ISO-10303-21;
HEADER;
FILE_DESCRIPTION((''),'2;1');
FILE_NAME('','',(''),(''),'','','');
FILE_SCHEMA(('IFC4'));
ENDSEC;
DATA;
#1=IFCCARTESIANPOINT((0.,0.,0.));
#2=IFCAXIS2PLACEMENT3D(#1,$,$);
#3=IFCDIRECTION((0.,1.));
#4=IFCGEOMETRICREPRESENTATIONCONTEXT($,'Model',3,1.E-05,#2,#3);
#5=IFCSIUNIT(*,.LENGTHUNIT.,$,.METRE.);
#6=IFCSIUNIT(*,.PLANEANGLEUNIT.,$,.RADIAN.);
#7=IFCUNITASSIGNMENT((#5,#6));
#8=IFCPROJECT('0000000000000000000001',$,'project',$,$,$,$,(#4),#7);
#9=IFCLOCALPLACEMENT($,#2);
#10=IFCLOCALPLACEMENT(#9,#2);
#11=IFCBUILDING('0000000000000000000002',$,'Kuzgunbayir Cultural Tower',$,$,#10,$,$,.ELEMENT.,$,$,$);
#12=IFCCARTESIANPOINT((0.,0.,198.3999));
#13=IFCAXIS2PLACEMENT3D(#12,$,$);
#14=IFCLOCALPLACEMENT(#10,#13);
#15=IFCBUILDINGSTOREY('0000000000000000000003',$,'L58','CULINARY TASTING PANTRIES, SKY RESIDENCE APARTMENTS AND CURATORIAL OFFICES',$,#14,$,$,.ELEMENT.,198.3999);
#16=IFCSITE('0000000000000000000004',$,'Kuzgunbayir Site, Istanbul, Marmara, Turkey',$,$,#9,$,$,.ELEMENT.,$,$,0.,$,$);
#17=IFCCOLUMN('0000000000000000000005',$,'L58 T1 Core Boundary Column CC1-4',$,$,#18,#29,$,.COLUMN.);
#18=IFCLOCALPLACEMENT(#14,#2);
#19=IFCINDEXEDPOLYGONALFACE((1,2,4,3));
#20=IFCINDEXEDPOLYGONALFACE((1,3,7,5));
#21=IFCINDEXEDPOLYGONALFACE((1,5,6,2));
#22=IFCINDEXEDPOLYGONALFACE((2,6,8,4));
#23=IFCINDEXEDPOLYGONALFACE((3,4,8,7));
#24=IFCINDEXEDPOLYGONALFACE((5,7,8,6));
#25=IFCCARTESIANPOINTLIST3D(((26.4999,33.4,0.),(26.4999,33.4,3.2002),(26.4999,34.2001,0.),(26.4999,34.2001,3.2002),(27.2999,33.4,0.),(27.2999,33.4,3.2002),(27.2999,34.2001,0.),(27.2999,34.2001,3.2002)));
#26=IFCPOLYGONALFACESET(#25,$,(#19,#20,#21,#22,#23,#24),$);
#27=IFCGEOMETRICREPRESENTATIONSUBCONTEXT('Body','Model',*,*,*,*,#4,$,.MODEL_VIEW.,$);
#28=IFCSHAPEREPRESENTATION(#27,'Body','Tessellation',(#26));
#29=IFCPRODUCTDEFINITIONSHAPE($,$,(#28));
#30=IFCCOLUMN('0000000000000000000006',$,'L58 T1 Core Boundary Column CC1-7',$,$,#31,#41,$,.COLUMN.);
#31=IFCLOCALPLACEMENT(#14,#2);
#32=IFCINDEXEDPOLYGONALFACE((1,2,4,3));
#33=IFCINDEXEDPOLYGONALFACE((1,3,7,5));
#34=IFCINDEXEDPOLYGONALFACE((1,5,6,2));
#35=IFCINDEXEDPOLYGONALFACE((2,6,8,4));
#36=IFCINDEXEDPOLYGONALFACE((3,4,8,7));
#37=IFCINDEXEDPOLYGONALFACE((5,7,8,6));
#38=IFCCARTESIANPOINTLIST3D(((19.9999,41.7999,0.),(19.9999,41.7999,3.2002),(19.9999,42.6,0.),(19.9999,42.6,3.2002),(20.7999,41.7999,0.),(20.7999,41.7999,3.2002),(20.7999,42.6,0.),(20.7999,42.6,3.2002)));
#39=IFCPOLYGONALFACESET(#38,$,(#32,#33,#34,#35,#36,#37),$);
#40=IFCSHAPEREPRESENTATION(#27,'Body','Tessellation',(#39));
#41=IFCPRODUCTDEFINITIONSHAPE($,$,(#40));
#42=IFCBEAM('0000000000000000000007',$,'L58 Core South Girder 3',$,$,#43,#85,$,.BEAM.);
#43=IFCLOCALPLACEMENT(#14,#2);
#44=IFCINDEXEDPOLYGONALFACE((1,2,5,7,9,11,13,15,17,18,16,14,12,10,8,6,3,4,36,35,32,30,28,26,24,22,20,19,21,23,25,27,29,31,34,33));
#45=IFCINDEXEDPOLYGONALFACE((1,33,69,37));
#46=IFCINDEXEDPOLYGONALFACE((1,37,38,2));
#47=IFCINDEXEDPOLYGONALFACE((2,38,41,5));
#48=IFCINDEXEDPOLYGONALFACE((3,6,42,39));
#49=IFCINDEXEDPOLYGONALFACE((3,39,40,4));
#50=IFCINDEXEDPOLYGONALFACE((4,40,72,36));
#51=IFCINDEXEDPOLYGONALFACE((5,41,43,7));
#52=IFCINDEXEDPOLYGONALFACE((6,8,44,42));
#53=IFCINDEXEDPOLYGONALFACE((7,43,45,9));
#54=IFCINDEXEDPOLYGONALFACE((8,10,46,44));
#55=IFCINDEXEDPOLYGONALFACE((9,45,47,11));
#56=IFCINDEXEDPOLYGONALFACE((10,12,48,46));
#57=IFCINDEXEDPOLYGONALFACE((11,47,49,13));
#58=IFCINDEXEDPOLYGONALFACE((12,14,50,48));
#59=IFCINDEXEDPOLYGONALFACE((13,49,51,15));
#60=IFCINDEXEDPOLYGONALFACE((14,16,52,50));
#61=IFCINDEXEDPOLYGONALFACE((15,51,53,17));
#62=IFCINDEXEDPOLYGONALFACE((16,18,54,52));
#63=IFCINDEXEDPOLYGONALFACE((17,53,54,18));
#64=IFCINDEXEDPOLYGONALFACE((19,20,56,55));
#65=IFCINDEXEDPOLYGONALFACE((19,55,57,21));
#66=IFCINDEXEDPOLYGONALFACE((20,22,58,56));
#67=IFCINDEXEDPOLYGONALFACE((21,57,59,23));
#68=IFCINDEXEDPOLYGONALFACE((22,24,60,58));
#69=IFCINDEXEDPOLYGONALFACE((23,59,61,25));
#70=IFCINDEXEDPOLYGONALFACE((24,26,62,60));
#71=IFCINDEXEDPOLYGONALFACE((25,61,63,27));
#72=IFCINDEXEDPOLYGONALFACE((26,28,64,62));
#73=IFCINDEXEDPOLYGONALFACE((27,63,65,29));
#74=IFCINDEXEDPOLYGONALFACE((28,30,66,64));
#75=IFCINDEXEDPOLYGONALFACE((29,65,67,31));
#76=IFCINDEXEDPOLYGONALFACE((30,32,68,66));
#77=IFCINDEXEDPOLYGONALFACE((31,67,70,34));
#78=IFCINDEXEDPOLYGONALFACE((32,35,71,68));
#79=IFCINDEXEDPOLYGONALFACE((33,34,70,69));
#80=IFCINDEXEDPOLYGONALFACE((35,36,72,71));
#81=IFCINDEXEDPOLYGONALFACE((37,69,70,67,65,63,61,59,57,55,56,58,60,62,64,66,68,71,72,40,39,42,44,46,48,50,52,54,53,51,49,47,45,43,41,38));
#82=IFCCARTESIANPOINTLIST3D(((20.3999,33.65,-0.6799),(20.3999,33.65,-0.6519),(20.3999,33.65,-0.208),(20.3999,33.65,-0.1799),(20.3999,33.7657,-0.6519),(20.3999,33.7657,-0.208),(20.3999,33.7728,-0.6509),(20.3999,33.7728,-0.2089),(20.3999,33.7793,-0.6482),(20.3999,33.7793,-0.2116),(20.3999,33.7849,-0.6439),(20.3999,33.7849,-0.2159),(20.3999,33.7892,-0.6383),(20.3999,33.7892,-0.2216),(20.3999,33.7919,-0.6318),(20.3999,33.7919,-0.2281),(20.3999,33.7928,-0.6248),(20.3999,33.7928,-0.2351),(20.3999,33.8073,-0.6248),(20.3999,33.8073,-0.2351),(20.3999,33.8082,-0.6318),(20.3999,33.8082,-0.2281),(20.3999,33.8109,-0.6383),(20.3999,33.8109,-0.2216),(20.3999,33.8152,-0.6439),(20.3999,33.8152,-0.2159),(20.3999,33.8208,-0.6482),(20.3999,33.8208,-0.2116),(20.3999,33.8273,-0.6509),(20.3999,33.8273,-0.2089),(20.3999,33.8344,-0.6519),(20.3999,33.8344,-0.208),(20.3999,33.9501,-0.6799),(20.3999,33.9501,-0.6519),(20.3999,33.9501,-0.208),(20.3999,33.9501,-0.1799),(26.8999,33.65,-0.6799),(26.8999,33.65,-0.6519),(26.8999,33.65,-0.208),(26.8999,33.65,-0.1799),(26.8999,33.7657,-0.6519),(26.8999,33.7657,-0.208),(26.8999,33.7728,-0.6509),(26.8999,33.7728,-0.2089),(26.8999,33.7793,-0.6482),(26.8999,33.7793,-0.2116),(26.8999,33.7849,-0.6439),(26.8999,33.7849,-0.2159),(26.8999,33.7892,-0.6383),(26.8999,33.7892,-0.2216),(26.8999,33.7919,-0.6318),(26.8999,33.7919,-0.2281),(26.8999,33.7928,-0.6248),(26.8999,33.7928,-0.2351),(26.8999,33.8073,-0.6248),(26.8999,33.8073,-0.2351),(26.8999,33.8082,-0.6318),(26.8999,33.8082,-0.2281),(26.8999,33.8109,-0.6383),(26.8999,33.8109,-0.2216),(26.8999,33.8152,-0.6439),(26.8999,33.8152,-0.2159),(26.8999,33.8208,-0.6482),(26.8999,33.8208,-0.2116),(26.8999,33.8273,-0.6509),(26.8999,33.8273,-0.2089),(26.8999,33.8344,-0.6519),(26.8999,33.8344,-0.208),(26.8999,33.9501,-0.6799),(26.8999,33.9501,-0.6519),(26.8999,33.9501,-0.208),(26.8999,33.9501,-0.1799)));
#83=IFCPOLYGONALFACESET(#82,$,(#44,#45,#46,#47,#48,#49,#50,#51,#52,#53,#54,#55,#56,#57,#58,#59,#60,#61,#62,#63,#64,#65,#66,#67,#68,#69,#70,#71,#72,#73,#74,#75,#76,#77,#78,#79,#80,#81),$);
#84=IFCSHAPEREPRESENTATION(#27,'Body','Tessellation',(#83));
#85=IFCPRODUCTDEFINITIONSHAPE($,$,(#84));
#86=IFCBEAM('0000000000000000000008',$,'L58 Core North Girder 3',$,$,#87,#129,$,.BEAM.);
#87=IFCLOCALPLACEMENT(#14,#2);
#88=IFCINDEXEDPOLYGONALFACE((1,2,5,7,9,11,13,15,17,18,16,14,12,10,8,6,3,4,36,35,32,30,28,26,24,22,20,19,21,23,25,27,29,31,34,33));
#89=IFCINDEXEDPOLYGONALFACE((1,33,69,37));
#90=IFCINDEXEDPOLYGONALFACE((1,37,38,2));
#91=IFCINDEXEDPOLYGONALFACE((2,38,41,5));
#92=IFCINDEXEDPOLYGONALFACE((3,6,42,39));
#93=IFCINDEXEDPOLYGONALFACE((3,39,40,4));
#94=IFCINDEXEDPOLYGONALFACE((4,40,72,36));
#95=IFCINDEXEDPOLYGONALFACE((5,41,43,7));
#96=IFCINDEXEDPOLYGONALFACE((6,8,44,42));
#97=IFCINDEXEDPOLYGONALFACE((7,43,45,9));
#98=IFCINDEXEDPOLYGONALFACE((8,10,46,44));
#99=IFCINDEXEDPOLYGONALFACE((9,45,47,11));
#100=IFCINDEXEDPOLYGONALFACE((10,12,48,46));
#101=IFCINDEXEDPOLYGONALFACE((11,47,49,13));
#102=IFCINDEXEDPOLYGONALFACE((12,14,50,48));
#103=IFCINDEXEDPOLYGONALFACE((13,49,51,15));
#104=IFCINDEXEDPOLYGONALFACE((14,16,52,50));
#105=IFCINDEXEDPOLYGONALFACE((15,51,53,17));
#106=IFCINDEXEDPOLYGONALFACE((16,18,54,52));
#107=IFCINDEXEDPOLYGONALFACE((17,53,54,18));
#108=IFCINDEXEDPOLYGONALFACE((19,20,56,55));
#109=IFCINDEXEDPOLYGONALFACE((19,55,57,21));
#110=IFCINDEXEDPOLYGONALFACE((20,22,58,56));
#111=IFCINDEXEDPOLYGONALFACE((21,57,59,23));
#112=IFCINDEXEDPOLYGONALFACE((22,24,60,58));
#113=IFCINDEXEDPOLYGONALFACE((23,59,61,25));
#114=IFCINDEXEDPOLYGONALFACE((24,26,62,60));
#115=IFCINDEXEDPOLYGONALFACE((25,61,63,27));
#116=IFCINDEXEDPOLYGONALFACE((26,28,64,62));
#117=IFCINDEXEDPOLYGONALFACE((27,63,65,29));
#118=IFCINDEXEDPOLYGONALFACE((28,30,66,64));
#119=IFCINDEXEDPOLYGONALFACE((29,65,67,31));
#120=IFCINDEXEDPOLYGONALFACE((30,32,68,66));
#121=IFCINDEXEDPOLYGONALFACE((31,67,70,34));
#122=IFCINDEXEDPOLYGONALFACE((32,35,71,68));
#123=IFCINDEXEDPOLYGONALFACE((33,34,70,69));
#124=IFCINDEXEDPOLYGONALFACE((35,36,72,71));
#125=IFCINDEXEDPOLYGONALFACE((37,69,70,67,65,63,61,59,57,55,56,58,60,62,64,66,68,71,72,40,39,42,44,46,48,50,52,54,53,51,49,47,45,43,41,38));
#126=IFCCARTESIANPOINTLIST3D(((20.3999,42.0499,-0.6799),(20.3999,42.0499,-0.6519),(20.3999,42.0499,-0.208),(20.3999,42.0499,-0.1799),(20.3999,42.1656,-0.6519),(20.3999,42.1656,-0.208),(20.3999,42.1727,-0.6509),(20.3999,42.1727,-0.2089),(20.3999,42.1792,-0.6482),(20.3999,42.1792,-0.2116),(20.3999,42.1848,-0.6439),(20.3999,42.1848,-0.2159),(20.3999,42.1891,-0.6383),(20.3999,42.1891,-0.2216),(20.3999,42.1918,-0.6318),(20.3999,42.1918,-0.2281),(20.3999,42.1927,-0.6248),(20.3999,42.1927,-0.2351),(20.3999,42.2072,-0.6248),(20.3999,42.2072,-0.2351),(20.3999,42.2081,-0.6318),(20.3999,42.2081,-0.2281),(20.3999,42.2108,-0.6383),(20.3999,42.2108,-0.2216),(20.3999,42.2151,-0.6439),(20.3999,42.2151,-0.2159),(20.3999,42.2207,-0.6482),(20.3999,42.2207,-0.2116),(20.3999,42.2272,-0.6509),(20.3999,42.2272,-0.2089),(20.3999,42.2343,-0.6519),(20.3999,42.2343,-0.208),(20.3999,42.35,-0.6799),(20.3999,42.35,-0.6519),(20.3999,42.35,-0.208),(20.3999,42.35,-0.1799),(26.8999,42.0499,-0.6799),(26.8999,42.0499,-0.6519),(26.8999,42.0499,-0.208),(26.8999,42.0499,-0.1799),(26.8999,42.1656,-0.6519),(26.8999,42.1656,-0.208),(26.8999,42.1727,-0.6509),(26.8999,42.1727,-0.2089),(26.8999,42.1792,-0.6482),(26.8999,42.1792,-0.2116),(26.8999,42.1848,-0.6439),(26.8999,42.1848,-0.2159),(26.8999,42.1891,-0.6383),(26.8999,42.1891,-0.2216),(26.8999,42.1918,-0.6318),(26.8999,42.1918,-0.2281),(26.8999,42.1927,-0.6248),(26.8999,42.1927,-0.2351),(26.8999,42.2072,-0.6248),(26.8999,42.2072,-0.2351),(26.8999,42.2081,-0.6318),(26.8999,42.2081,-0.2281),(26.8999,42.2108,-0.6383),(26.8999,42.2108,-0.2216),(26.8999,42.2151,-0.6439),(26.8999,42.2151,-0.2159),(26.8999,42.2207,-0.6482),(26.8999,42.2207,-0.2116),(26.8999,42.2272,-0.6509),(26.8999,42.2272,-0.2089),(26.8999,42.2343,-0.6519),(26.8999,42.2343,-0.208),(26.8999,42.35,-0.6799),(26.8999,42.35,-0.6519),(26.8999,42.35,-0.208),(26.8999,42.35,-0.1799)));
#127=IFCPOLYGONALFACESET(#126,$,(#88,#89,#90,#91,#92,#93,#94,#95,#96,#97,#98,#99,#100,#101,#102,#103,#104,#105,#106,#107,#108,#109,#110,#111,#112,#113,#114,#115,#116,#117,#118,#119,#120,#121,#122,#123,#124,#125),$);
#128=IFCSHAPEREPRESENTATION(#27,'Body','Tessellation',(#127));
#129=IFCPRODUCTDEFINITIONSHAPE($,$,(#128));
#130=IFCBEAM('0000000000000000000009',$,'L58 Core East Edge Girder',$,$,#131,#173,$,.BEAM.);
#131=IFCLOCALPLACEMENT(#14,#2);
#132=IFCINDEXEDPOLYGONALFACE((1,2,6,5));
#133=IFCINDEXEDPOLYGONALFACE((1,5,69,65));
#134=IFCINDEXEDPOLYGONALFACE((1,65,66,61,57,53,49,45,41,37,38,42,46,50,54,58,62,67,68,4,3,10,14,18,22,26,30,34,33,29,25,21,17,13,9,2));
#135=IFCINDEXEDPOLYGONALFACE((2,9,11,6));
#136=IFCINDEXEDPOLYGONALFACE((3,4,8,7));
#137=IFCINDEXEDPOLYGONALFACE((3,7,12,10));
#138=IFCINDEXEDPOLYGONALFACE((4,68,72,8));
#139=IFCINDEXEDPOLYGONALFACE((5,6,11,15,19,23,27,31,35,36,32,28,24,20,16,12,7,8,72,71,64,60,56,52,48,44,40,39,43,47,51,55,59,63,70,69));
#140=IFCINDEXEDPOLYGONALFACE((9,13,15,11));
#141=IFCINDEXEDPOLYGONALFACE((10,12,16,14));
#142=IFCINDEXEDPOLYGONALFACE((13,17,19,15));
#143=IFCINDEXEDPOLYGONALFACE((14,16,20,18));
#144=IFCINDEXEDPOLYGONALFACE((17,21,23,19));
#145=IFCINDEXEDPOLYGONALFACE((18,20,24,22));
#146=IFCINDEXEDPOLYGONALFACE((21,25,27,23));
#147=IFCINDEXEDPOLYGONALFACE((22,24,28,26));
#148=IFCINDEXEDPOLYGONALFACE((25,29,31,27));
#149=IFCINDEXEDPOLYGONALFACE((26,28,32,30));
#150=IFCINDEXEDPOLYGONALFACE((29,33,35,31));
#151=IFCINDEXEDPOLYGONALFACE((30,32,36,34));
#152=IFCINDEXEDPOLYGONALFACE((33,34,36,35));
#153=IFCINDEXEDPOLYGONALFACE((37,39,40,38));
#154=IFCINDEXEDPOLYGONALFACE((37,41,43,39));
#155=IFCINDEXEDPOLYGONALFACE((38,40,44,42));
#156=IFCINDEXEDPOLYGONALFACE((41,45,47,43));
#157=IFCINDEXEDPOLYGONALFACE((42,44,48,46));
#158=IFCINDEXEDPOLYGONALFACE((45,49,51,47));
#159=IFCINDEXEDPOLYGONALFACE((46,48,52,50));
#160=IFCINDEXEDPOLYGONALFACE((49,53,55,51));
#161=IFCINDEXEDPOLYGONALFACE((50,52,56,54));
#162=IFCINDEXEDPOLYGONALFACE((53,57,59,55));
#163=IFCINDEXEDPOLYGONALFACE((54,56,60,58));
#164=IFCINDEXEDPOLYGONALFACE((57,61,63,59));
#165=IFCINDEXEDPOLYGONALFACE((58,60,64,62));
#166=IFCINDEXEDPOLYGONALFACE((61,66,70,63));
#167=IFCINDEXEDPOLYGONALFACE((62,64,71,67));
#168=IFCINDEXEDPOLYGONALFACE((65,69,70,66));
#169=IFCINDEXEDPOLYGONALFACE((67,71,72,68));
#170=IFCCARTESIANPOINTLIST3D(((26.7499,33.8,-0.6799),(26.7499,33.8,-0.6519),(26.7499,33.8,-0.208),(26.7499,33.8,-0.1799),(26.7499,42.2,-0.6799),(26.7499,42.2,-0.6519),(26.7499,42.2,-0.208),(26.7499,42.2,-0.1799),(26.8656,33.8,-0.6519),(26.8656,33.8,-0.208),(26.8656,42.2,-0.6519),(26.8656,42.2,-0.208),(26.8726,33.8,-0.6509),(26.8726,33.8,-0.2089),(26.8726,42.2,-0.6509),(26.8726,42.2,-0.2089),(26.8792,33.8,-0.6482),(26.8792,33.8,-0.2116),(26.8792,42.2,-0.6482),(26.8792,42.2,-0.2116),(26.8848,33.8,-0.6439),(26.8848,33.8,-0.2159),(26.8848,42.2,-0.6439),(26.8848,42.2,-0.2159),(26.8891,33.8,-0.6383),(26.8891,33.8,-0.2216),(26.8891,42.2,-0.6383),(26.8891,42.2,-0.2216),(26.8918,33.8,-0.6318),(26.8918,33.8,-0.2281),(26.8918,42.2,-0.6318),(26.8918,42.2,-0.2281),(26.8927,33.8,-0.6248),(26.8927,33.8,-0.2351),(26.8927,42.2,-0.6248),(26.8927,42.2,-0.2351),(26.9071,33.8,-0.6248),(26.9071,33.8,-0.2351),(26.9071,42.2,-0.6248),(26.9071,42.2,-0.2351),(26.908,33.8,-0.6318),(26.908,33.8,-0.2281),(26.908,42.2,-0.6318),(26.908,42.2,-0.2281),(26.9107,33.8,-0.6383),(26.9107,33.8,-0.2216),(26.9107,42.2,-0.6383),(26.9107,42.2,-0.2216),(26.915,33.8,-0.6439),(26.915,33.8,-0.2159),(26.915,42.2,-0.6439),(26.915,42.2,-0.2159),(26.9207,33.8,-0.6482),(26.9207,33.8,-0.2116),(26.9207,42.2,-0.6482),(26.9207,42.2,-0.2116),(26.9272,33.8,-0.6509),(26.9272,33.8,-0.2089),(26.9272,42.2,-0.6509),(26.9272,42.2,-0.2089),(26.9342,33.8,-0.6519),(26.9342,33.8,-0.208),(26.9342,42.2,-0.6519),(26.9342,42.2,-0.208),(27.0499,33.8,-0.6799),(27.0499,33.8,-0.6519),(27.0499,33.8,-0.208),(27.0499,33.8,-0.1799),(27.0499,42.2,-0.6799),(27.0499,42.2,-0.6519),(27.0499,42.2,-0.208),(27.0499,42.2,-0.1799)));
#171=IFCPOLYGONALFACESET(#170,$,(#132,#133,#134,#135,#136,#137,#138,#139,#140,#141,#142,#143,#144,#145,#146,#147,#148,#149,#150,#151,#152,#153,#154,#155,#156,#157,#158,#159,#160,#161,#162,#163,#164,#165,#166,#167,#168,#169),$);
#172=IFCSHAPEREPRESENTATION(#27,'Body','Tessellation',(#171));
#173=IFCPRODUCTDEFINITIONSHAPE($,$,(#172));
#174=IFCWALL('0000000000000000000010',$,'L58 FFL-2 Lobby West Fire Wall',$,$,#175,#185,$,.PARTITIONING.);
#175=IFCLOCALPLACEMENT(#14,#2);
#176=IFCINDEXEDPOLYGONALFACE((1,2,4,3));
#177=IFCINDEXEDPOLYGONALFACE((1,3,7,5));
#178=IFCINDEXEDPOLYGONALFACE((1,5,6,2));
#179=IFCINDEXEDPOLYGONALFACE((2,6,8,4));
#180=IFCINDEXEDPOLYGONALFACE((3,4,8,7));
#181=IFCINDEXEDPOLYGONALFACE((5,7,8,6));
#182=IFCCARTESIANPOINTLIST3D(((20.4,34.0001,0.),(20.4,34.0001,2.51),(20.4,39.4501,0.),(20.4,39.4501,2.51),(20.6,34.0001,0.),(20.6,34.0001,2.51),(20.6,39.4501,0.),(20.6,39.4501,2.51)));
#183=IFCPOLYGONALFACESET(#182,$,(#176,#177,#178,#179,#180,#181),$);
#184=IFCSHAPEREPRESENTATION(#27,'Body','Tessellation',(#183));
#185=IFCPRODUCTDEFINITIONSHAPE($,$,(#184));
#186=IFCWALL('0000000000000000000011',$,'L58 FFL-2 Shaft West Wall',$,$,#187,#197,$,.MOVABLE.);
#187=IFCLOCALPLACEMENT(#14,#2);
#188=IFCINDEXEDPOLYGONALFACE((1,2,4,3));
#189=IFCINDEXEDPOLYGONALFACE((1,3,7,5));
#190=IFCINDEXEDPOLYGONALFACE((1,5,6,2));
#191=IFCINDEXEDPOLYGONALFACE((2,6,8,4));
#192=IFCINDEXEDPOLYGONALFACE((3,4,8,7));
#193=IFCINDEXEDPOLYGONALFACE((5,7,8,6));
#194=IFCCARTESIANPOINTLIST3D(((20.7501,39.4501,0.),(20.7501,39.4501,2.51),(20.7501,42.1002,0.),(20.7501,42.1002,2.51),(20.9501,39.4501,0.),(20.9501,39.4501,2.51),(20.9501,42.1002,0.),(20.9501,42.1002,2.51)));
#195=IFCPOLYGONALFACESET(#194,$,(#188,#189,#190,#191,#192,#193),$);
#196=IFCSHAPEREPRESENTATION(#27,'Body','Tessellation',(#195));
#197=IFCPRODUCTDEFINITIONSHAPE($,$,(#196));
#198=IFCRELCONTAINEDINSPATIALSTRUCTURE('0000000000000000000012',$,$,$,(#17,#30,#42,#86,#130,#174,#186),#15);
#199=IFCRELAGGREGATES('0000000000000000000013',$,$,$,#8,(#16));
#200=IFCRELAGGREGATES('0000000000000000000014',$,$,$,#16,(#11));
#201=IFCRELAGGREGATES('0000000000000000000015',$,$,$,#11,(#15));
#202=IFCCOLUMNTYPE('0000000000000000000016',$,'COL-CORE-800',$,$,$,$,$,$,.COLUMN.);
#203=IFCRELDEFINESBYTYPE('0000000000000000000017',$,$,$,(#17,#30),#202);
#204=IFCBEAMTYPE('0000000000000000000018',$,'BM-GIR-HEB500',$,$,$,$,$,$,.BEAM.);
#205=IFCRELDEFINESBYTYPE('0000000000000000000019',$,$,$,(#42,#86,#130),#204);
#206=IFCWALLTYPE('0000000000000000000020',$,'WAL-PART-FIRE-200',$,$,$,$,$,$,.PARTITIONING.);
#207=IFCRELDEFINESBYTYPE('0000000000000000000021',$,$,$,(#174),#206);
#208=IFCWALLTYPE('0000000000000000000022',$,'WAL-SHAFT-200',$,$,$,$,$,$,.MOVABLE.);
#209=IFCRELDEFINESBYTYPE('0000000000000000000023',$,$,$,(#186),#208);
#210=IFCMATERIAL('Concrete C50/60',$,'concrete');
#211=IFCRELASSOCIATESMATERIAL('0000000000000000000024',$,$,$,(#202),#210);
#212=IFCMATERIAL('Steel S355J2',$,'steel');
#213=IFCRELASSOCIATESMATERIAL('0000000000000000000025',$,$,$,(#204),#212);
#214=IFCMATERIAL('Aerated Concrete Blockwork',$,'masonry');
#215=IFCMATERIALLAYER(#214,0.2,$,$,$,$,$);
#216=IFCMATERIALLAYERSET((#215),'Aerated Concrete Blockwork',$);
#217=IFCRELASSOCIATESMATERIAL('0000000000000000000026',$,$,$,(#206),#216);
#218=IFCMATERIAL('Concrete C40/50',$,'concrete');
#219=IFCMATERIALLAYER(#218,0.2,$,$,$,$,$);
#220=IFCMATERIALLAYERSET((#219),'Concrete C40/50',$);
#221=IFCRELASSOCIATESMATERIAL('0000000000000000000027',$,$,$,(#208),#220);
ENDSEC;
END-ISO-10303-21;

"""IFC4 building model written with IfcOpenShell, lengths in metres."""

from ifc_helpers import new_model, si_unit, direction, frame, frame_2d, origin, origin_2d, place, context, subcontext, project, spatial, rectangle, i_section, extrude, material, layer, layer_set, material_profile, profile_set, type_object, element, save


model = new_model("IFC4")

# Units and contexts
model_context = context("Model", 3, precision=1e-05, world=origin(), true_north=direction((0.0, 1.0)))
body_context = subcontext(model_context, "Body", "Model", "MODEL_VIEW")
ifc_project = project(units=[si_unit("LENGTHUNIT", "METRE"), si_unit("PLANEANGLEUNIT", "RADIAN")], contexts=[model_context])

# Site, building, storey
site_placement = place(None, origin())
site = spatial("IfcSite", under=ifc_project, at=site_placement, Name="Kuzgunbayir Site, Istanbul, Marmara, Turkey", CompositionType="ELEMENT", RefElevation=0.0)
building_placement = place(site_placement, origin())
building = spatial("IfcBuilding", under=site, at=building_placement, Name="Kuzgunbayir Cultural Tower", CompositionType="ELEMENT")
storey_placement = place(building_placement, frame((0.0, 0.0, 198.3999)))
storey = spatial("IfcBuildingStorey", under=building, at=storey_placement, Name="L58", Description="CULINARY TASTING PANTRIES, SKY RESIDENCE APARTMENTS AND CURATORIAL OFFICES", CompositionType="ELEMENT", Elevation=198.3999)

# Columns
ifc_material_1 = material(Name="Concrete C50/60", Category="concrete")
ifc_material_profile_1 = material_profile(ifc_material_1, rectangle(XDim=0.8, YDim=0.8, at=origin_2d()), Name="RC 800x800")
ifc_profile_set_1 = profile_set([ifc_material_profile_1], Name="Concrete C50/60")
column_type = type_object("IfcColumnType", Name="COL-CORE-800", PredefinedType="COLUMN", material=ifc_profile_set_1)
for number, where, z_axis, x_axis, name in (
    (1, (26.8999, 33.8, 0.0), (0.0, 0.0, 1.0), (1.0, 0.0, 0.0), "L58 T1 Core Boundary Column CC1-4"),
    (2, (20.3999, 42.2, 0.0), (0.0, 0.0, 1.0), (1.0, 0.0, 0.0), "L58 T1 Core Boundary Column CC1-7"),
):
    element("IfcColumn", number, at=place(storey_placement, frame(where, z_axis=z_axis, x_axis=x_axis)), inside=storey, type_object=column_type, Name=name, PredefinedType="COLUMN", context=body_context, shape_type="SweptSolid", body=[
        extrude(rectangle(XDim=0.8, YDim=0.8, at=origin_2d()), origin(), (0.0, 0.0, 1.0), 3.2002),
    ])

# Beams
ifc_material_2 = material(Name="Steel S355J2", Category="steel")
ifc_material_profile_2 = material_profile(ifc_material_2, i_section(OverallWidth=0.3, OverallDepth=0.5, WebThickness=0.0144, FlangeThickness=0.0281, FilletRadius=0.0271, at=origin_2d()), Name="HEB 500")
ifc_profile_set_2 = profile_set([ifc_material_profile_2], Name="Steel S355J2")
beam_type = type_object("IfcBeamType", Name="BM-GIR-HEB500", PredefinedType="BEAM", material=ifc_profile_set_2)
for number, where, z_axis, x_axis, name in (
    (3, (20.3999, 33.8, -0.4299), (1.0, 0.0, 0.0), (0.0, 1.0, 0.0), "L58 Core South Girder 3"),
    (4, (20.3999, 42.2, -0.4299), (1.0, 0.0, 0.0), (0.0, 1.0, 0.0), "L58 Core North Girder 3"),
):
    element("IfcBeam", number, at=place(storey_placement, frame(where, z_axis=z_axis, x_axis=x_axis)), inside=storey, type_object=beam_type, Name=name, PredefinedType="BEAM", context=body_context, shape_type="SweptSolid", body=[
        extrude(i_section(OverallWidth=0.3, OverallDepth=0.5, WebThickness=0.0144, FlangeThickness=0.0281, FilletRadius=0.0271, at=origin_2d()), origin(), (0.0, 0.0, 1.0), 6.5),
    ])
beam_placement = place(storey_placement, frame((26.8999, 33.8, -0.4299), z_axis=(0.0, 1.0, 0.0), x_axis=(-1.0, 0.0, 0.0)))
element("IfcBeam", 5, at=beam_placement, inside=storey, type_object=beam_type, Name="L58 Core East Edge Girder", PredefinedType="BEAM", context=body_context, shape_type="SweptSolid", body=[
    extrude(i_section(OverallWidth=0.3, OverallDepth=0.5, WebThickness=0.0144, FlangeThickness=0.0281, FilletRadius=0.0271, at=origin_2d()), origin(), (0.0, 0.0, 1.0), 8.3999),
])

# Wall
ifc_material_3 = material(Name="Aerated Concrete Blockwork", Category="masonry")
ifc_layer_1 = layer(ifc_material_3, 0.2)
ifc_layer_set_1 = layer_set([ifc_layer_1], Name="Aerated Concrete Blockwork")
wall_type_1 = type_object("IfcWallType", Name="WAL-PART-FIRE-200", PredefinedType="PARTITIONING", material=ifc_layer_set_1)
wall_1_placement = place(storey_placement, frame((20.5, 34.0, 0.0), z_axis=(0.0, 0.0, 1.0), x_axis=(0.0, 1.0, 0.0)))
element("IfcWall", 6, at=wall_1_placement, inside=storey, type_object=wall_type_1, Name="L58 FFL-2 Lobby West Fire Wall", PredefinedType="PARTITIONING", context=body_context, shape_type="SweptSolid", body=[
    extrude(rectangle(XDim=5.45, YDim=0.2, at=frame_2d((2.7251, 0.0))), origin(), (0.0, 0.0, 1.0), 2.51),
])

# Shared definitions
ifc_material_4 = material(Name="Concrete C40/50", Category="concrete")
ifc_layer_2 = layer(ifc_material_4, 0.2)
ifc_layer_set_2 = layer_set([ifc_layer_2], Name="Concrete C40/50")
wall_type_2 = type_object("IfcWallType", Name="WAL-SHAFT-200", PredefinedType="MOVABLE", material=ifc_layer_set_2)

# Wall
for number, where, z_axis, x_axis, name in (
    (7, (20.8501, 39.45, 0.0), (0.0, 0.0, 1.0), (0.0, 1.0, 0.0), "L58 FFL-2 Shaft West Wall"),
):
    element("IfcWall", number, at=place(storey_placement, frame(where, z_axis=z_axis, x_axis=x_axis)), inside=storey, type_object=wall_type_2, Name=name, PredefinedType="MOVABLE", context=body_context, shape_type="SweptSolid", body=[
        extrude(rectangle(XDim=2.6501, YDim=0.2, at=frame_2d((1.3252, 0.0))), origin(), (0.0, 0.0, 1.0), 2.51),
    ])

save(model, "model.ifc")
